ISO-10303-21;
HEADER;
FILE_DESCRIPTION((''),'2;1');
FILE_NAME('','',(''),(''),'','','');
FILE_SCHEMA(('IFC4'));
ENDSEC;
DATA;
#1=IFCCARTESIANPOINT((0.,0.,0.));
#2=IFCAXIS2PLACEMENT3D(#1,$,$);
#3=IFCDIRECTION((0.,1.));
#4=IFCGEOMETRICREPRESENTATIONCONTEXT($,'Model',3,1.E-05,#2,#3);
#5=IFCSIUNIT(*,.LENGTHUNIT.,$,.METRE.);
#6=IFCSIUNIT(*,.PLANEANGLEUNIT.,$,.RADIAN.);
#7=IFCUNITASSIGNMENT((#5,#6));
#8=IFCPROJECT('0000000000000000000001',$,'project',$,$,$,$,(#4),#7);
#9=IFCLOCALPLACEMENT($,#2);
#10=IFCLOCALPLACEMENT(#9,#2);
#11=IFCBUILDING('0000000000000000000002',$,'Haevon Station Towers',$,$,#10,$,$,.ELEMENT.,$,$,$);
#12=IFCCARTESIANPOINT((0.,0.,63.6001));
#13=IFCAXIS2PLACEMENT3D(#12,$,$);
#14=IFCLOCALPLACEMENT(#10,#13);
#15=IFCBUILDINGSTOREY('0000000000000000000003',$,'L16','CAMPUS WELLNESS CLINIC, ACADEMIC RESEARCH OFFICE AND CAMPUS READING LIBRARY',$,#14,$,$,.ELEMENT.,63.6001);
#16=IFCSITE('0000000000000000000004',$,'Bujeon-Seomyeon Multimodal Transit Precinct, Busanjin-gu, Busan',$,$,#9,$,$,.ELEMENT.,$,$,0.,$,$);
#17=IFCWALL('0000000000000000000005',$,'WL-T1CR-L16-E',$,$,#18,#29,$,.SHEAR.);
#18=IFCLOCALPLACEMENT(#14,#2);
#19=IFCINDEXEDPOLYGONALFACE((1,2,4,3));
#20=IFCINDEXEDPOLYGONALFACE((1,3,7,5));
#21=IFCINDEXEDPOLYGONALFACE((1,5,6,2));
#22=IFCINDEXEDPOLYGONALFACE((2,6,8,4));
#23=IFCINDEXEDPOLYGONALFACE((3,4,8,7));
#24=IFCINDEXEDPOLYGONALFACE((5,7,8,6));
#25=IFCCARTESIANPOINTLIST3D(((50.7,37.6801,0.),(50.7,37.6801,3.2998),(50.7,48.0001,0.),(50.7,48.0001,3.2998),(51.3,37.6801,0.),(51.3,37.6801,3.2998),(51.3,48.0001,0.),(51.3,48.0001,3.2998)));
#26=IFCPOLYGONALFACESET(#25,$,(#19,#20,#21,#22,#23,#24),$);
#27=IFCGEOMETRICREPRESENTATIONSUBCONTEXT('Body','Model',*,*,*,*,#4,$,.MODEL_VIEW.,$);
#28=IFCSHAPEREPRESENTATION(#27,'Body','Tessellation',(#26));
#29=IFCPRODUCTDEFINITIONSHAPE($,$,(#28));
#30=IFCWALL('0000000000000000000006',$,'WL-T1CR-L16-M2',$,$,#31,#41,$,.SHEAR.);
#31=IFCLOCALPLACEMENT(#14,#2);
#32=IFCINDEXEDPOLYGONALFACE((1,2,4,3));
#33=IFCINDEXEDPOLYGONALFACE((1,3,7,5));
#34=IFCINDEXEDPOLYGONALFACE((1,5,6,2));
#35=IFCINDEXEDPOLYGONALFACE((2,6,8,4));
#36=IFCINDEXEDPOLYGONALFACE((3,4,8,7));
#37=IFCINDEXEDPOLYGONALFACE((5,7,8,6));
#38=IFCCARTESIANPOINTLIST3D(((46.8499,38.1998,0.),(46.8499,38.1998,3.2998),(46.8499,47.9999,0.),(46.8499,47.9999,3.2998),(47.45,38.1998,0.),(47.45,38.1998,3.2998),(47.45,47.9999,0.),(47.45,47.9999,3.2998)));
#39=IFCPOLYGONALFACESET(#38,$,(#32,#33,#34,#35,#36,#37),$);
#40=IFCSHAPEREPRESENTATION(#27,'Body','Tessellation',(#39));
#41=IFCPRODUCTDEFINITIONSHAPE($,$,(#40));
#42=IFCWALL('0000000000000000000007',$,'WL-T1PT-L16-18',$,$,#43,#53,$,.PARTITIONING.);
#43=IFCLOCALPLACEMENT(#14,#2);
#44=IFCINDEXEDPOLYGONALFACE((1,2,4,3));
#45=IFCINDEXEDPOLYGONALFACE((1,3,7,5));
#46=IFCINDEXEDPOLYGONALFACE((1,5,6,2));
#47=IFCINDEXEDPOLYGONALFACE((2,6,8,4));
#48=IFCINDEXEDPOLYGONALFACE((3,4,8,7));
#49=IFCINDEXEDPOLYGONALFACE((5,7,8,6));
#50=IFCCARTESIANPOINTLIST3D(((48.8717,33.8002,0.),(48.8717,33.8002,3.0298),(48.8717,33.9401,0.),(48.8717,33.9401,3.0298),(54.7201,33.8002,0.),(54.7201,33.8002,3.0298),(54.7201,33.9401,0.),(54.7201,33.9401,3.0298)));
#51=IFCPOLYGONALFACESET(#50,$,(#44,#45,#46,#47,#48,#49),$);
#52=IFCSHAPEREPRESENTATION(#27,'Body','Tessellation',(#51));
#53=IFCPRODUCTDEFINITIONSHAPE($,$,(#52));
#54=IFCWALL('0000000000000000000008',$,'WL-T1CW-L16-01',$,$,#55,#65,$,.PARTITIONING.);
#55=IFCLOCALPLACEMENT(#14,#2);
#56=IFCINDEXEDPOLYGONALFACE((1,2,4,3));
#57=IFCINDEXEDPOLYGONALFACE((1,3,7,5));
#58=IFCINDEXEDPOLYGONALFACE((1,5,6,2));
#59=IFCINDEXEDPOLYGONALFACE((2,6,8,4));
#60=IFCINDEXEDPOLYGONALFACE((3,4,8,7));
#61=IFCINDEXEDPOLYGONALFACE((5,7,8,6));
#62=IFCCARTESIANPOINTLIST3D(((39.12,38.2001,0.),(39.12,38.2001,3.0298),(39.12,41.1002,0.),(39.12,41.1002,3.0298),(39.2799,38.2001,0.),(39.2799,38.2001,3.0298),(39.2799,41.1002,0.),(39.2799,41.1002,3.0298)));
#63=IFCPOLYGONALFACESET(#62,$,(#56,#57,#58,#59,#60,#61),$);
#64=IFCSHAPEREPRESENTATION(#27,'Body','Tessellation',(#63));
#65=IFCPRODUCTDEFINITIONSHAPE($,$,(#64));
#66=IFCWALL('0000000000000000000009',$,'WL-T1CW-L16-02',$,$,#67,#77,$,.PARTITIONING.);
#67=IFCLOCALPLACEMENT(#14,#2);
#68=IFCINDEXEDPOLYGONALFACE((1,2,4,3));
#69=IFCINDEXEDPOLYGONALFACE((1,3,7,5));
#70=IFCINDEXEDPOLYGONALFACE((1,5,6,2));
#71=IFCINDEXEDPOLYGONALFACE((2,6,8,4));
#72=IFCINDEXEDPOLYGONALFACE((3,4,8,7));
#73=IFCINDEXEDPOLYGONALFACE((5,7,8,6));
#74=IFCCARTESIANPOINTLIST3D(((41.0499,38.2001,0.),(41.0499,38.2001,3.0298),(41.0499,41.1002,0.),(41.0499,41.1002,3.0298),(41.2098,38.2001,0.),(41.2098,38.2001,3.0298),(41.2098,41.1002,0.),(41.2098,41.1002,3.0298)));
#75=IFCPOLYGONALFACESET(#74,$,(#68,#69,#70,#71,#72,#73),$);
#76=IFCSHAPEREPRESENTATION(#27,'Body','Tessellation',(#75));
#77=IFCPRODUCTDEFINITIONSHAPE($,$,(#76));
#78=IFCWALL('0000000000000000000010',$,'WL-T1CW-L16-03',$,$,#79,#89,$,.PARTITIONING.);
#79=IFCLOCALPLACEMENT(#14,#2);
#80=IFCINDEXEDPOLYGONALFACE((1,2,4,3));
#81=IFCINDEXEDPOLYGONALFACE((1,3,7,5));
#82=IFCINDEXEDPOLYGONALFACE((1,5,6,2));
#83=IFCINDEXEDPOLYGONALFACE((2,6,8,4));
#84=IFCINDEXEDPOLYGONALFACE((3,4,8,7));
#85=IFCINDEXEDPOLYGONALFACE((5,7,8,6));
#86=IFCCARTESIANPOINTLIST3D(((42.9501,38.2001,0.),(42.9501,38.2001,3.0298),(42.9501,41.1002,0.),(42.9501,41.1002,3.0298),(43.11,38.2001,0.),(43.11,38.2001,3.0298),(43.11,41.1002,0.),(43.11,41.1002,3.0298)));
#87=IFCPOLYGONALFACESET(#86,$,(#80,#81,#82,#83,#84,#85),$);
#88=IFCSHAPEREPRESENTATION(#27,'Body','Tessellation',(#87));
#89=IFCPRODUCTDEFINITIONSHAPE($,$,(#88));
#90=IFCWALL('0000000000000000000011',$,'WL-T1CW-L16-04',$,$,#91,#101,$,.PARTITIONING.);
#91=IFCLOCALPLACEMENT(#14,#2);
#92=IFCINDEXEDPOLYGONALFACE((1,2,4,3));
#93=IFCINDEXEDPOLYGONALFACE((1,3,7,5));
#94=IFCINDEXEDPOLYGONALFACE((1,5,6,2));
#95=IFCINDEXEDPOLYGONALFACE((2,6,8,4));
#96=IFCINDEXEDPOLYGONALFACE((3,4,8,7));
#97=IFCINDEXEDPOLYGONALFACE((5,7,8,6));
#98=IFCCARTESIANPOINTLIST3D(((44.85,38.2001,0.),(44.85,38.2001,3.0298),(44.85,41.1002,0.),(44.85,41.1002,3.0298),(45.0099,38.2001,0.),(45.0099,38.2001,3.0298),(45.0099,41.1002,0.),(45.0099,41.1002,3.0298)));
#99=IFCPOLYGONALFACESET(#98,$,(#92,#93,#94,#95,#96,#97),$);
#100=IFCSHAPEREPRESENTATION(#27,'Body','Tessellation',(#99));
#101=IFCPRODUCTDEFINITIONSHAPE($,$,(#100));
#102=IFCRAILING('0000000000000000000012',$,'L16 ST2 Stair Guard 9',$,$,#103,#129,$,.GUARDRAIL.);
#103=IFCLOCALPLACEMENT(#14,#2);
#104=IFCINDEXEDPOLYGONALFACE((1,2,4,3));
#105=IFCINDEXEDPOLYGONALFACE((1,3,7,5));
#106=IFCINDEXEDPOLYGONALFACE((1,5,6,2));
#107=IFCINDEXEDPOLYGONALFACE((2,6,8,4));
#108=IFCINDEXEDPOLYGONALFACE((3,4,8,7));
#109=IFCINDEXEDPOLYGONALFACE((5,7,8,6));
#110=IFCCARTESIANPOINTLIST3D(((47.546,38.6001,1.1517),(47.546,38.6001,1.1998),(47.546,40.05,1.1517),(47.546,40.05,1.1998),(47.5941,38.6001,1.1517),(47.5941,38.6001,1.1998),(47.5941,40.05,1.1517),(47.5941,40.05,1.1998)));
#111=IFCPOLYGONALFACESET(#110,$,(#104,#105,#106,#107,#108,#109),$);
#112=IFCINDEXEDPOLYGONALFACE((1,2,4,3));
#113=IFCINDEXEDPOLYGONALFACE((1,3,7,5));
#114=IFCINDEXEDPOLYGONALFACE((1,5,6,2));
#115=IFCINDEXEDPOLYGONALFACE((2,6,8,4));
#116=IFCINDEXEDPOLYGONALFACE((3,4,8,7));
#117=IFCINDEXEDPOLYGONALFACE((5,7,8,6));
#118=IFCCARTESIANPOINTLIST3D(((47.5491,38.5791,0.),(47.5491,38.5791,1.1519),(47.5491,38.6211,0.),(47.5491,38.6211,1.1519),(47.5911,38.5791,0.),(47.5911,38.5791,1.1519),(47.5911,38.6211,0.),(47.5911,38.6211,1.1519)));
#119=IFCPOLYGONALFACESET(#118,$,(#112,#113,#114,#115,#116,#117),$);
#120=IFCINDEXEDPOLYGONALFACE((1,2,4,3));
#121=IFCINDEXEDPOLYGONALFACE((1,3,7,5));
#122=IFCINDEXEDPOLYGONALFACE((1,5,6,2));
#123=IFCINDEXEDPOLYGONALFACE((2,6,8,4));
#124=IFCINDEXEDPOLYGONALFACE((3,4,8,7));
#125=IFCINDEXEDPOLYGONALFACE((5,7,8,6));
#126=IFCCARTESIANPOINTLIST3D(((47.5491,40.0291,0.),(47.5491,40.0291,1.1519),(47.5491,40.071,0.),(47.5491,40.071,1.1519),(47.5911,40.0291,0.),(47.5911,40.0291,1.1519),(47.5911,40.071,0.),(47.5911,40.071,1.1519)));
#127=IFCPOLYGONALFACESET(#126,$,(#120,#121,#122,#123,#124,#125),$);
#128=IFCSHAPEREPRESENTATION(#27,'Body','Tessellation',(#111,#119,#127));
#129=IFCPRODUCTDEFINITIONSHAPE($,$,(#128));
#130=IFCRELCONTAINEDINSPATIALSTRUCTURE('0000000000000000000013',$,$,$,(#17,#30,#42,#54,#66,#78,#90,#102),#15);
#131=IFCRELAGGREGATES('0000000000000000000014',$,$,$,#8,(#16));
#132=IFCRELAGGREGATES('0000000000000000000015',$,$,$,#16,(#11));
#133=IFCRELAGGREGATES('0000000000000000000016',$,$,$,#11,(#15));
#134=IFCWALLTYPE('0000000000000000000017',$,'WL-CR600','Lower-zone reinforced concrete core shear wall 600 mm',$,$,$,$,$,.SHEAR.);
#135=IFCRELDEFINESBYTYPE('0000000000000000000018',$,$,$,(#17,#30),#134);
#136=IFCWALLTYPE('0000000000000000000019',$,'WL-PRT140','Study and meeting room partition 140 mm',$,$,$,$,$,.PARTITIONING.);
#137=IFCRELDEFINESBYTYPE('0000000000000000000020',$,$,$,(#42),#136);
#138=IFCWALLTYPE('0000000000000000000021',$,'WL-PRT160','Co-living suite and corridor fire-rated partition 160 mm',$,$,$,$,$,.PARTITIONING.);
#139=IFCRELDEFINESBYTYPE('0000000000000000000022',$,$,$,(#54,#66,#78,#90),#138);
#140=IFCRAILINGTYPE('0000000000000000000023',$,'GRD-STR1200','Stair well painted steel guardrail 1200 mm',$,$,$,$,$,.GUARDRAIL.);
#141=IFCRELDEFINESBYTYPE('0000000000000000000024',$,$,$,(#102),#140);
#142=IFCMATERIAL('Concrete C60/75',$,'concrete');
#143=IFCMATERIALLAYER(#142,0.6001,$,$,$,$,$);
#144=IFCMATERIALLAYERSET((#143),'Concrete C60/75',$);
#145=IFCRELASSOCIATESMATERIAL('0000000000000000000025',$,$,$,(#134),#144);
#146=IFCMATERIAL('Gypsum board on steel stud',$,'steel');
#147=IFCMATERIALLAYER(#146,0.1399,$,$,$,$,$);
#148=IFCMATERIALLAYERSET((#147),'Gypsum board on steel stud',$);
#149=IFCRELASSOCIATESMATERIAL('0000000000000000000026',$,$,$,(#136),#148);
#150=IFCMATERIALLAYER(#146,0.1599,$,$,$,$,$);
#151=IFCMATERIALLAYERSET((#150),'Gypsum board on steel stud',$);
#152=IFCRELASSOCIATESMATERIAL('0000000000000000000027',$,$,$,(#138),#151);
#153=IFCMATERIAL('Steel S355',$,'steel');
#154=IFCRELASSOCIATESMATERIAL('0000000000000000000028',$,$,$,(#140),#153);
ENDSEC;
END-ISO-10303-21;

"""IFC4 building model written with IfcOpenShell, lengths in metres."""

from ifc_helpers import new_model, si_unit, direction, frame, frame_2d, origin, origin_2d, place, context, subcontext, project, spatial, rectangle, extrude, material, layer, layer_set, type_object, element, save


model = new_model("IFC4")

# Units and contexts
model_context = context("Model", 3, precision=1e-05, world=origin(), true_north=direction((0.0, 1.0)))
body_context = subcontext(model_context, "Body", "Model", "MODEL_VIEW")
ifc_project = project(units=[si_unit("LENGTHUNIT", "METRE"), si_unit("PLANEANGLEUNIT", "RADIAN")], contexts=[model_context])

# Site, building, storey
site_placement = place(None, origin())
site = spatial("IfcSite", under=ifc_project, at=site_placement, Name="Bujeon-Seomyeon Multimodal Transit Precinct, Busanjin-gu, Busan", CompositionType="ELEMENT", RefElevation=0.0)
building_placement = place(site_placement, origin())
building = spatial("IfcBuilding", under=site, at=building_placement, Name="Haevon Station Towers", CompositionType="ELEMENT")
storey_placement = place(building_placement, frame((0.0, 0.0, 63.6001)))
storey = spatial("IfcBuildingStorey", under=building, at=storey_placement, Name="L16", Description="CAMPUS WELLNESS CLINIC, ACADEMIC RESEARCH OFFICE AND CAMPUS READING LIBRARY", CompositionType="ELEMENT", Elevation=63.6001)

# Shared definitions
ifc_material_1 = material(Name="Steel S355", Category="steel")

# Shared definitions
ifc_material_2 = material(Name="Gypsum board on steel stud", Category="steel")

# Walls
ifc_material_3 = material(Name="Concrete C60/75", Category="concrete")
ifc_layer_1 = layer(ifc_material_3, 0.6001)
ifc_layer_set_1 = layer_set([ifc_layer_1], Name="Concrete C60/75")
wall_type_1 = type_object("IfcWallType", Name="WL-CR600", Description="Lower-zone reinforced concrete core shear wall 600 mm", PredefinedType="SHEAR", material=ifc_layer_set_1)
wall_1_placement = place(storey_placement, frame((51.0, 37.6799, 0.0), z_axis=(0.0, 0.0, 1.0), x_axis=(0.0, 1.0, 0.0)))
element("IfcWall", 1, at=wall_1_placement, inside=storey, type_object=wall_type_1, Name="WL-T1CR-L16-E", PredefinedType="SHEAR", context=body_context, shape_type="SweptSolid", body=[
    extrude(rectangle(XDim=10.3201, YDim=0.6001, at=frame_2d((5.1602, 0.0))), origin(), (0.0, 0.0, 1.0), 3.2998),
])
wall_2_placement = place(storey_placement, frame((47.1499, 38.2, 0.0), z_axis=(0.0, 0.0, 1.0), x_axis=(0.0, 1.0, 0.0)))
element("IfcWall", 2, at=wall_2_placement, inside=storey, type_object=wall_type_1, Name="WL-T1CR-L16-M2", PredefinedType="SHEAR", context=body_context, shape_type="SweptSolid", body=[
    extrude(rectangle(XDim=9.8, YDim=0.6001, at=frame_2d((4.8999, 0.0))), origin(), (0.0, 0.0, 1.0), 3.2998),
])
ifc_layer_2 = layer(ifc_material_2, 0.1399)
ifc_layer_set_2 = layer_set([ifc_layer_2], Name="Gypsum board on steel stud")
wall_type_2 = type_object("IfcWallType", Name="WL-PRT140", Description="Study and meeting room partition 140 mm", PredefinedType="PARTITIONING", material=ifc_layer_set_2)
wall_3_placement = place(storey_placement, frame((48.8716, 33.8701, 0.0), z_axis=(0.0, 0.0, 1.0), x_axis=(1.0, 0.0, 0.0)))
element("IfcWall", 3, at=wall_3_placement, inside=storey, type_object=wall_type_2, Name="WL-T1PT-L16-18", PredefinedType="PARTITIONING", context=body_context, shape_type="SweptSolid", body=[
    extrude(rectangle(XDim=5.8484, YDim=0.1399, at=frame_2d((2.9243, 0.0))), origin(), (0.0, 0.0, 1.0), 3.0298),
])
ifc_layer_3 = layer(ifc_material_2, 0.1599)
ifc_layer_set_3 = layer_set([ifc_layer_3], Name="Gypsum board on steel stud")
wall_type_3 = type_object("IfcWallType", Name="WL-PRT160", Description="Co-living suite and corridor fire-rated partition 160 mm", PredefinedType="PARTITIONING", material=ifc_layer_set_3)
for number, where, z_axis, x_axis, name in (
    (4, (39.2, 38.2, 0.0), (0.0, 0.0, 1.0), (0.0, 1.0, 0.0), "WL-T1CW-L16-01"),
    (5, (41.1299, 38.2, 0.0), (0.0, 0.0, 1.0), (0.0, 1.0, 0.0), "WL-T1CW-L16-02"),
    (6, (43.03, 38.2, 0.0), (0.0, 0.0, 1.0), (0.0, 1.0, 0.0), "WL-T1CW-L16-03"),
    (7, (44.9299, 38.2, 0.0), (0.0, 0.0, 1.0), (0.0, 1.0, 0.0), "WL-T1CW-L16-04"),
):
    element("IfcWall", number, at=place(storey_placement, frame(where, z_axis=z_axis, x_axis=x_axis)), inside=storey, type_object=wall_type_3, Name=name, PredefinedType="PARTITIONING", context=body_context, shape_type="SweptSolid", body=[
        extrude(rectangle(XDim=2.9001, YDim=0.1599, at=frame_2d((1.4502, 0.0))), origin(), (0.0, 0.0, 1.0), 3.0298),
    ])

# Railing
railing_type = type_object("IfcRailingType", Name="GRD-STR1200", Description="Stair well painted steel guardrail 1200 mm", PredefinedType="GUARDRAIL", material=ifc_material_1)
railing_placement = place(storey_placement, frame((47.5701, 38.6001, 0.0)))
element("IfcRailing", 8, at=railing_placement, inside=storey, type_object=railing_type, Name="L16 ST2 Stair Guard 9", PredefinedType="GUARDRAIL", context=body_context, shape_type="SweptSolid", body=[
    extrude(rectangle(XDim=0.0481, YDim=0.0481, at=origin_2d()), frame((0.0, 0.0, 1.1758), z_axis=(0.0, 1.0, 0.0), x_axis=(-1.0, 0.0, 0.0)), (0.0, 0.0, 1.0), 1.45),
    extrude(rectangle(XDim=0.042, YDim=0.042, at=origin_2d()), origin(), (0.0, 0.0, 1.0), 1.1519),
    extrude(rectangle(XDim=0.042, YDim=0.042, at=origin_2d()), frame((0.0, 1.45, 0.0)), (0.0, 0.0, 1.0), 1.1519),
])

save(model, "model.ifc")
